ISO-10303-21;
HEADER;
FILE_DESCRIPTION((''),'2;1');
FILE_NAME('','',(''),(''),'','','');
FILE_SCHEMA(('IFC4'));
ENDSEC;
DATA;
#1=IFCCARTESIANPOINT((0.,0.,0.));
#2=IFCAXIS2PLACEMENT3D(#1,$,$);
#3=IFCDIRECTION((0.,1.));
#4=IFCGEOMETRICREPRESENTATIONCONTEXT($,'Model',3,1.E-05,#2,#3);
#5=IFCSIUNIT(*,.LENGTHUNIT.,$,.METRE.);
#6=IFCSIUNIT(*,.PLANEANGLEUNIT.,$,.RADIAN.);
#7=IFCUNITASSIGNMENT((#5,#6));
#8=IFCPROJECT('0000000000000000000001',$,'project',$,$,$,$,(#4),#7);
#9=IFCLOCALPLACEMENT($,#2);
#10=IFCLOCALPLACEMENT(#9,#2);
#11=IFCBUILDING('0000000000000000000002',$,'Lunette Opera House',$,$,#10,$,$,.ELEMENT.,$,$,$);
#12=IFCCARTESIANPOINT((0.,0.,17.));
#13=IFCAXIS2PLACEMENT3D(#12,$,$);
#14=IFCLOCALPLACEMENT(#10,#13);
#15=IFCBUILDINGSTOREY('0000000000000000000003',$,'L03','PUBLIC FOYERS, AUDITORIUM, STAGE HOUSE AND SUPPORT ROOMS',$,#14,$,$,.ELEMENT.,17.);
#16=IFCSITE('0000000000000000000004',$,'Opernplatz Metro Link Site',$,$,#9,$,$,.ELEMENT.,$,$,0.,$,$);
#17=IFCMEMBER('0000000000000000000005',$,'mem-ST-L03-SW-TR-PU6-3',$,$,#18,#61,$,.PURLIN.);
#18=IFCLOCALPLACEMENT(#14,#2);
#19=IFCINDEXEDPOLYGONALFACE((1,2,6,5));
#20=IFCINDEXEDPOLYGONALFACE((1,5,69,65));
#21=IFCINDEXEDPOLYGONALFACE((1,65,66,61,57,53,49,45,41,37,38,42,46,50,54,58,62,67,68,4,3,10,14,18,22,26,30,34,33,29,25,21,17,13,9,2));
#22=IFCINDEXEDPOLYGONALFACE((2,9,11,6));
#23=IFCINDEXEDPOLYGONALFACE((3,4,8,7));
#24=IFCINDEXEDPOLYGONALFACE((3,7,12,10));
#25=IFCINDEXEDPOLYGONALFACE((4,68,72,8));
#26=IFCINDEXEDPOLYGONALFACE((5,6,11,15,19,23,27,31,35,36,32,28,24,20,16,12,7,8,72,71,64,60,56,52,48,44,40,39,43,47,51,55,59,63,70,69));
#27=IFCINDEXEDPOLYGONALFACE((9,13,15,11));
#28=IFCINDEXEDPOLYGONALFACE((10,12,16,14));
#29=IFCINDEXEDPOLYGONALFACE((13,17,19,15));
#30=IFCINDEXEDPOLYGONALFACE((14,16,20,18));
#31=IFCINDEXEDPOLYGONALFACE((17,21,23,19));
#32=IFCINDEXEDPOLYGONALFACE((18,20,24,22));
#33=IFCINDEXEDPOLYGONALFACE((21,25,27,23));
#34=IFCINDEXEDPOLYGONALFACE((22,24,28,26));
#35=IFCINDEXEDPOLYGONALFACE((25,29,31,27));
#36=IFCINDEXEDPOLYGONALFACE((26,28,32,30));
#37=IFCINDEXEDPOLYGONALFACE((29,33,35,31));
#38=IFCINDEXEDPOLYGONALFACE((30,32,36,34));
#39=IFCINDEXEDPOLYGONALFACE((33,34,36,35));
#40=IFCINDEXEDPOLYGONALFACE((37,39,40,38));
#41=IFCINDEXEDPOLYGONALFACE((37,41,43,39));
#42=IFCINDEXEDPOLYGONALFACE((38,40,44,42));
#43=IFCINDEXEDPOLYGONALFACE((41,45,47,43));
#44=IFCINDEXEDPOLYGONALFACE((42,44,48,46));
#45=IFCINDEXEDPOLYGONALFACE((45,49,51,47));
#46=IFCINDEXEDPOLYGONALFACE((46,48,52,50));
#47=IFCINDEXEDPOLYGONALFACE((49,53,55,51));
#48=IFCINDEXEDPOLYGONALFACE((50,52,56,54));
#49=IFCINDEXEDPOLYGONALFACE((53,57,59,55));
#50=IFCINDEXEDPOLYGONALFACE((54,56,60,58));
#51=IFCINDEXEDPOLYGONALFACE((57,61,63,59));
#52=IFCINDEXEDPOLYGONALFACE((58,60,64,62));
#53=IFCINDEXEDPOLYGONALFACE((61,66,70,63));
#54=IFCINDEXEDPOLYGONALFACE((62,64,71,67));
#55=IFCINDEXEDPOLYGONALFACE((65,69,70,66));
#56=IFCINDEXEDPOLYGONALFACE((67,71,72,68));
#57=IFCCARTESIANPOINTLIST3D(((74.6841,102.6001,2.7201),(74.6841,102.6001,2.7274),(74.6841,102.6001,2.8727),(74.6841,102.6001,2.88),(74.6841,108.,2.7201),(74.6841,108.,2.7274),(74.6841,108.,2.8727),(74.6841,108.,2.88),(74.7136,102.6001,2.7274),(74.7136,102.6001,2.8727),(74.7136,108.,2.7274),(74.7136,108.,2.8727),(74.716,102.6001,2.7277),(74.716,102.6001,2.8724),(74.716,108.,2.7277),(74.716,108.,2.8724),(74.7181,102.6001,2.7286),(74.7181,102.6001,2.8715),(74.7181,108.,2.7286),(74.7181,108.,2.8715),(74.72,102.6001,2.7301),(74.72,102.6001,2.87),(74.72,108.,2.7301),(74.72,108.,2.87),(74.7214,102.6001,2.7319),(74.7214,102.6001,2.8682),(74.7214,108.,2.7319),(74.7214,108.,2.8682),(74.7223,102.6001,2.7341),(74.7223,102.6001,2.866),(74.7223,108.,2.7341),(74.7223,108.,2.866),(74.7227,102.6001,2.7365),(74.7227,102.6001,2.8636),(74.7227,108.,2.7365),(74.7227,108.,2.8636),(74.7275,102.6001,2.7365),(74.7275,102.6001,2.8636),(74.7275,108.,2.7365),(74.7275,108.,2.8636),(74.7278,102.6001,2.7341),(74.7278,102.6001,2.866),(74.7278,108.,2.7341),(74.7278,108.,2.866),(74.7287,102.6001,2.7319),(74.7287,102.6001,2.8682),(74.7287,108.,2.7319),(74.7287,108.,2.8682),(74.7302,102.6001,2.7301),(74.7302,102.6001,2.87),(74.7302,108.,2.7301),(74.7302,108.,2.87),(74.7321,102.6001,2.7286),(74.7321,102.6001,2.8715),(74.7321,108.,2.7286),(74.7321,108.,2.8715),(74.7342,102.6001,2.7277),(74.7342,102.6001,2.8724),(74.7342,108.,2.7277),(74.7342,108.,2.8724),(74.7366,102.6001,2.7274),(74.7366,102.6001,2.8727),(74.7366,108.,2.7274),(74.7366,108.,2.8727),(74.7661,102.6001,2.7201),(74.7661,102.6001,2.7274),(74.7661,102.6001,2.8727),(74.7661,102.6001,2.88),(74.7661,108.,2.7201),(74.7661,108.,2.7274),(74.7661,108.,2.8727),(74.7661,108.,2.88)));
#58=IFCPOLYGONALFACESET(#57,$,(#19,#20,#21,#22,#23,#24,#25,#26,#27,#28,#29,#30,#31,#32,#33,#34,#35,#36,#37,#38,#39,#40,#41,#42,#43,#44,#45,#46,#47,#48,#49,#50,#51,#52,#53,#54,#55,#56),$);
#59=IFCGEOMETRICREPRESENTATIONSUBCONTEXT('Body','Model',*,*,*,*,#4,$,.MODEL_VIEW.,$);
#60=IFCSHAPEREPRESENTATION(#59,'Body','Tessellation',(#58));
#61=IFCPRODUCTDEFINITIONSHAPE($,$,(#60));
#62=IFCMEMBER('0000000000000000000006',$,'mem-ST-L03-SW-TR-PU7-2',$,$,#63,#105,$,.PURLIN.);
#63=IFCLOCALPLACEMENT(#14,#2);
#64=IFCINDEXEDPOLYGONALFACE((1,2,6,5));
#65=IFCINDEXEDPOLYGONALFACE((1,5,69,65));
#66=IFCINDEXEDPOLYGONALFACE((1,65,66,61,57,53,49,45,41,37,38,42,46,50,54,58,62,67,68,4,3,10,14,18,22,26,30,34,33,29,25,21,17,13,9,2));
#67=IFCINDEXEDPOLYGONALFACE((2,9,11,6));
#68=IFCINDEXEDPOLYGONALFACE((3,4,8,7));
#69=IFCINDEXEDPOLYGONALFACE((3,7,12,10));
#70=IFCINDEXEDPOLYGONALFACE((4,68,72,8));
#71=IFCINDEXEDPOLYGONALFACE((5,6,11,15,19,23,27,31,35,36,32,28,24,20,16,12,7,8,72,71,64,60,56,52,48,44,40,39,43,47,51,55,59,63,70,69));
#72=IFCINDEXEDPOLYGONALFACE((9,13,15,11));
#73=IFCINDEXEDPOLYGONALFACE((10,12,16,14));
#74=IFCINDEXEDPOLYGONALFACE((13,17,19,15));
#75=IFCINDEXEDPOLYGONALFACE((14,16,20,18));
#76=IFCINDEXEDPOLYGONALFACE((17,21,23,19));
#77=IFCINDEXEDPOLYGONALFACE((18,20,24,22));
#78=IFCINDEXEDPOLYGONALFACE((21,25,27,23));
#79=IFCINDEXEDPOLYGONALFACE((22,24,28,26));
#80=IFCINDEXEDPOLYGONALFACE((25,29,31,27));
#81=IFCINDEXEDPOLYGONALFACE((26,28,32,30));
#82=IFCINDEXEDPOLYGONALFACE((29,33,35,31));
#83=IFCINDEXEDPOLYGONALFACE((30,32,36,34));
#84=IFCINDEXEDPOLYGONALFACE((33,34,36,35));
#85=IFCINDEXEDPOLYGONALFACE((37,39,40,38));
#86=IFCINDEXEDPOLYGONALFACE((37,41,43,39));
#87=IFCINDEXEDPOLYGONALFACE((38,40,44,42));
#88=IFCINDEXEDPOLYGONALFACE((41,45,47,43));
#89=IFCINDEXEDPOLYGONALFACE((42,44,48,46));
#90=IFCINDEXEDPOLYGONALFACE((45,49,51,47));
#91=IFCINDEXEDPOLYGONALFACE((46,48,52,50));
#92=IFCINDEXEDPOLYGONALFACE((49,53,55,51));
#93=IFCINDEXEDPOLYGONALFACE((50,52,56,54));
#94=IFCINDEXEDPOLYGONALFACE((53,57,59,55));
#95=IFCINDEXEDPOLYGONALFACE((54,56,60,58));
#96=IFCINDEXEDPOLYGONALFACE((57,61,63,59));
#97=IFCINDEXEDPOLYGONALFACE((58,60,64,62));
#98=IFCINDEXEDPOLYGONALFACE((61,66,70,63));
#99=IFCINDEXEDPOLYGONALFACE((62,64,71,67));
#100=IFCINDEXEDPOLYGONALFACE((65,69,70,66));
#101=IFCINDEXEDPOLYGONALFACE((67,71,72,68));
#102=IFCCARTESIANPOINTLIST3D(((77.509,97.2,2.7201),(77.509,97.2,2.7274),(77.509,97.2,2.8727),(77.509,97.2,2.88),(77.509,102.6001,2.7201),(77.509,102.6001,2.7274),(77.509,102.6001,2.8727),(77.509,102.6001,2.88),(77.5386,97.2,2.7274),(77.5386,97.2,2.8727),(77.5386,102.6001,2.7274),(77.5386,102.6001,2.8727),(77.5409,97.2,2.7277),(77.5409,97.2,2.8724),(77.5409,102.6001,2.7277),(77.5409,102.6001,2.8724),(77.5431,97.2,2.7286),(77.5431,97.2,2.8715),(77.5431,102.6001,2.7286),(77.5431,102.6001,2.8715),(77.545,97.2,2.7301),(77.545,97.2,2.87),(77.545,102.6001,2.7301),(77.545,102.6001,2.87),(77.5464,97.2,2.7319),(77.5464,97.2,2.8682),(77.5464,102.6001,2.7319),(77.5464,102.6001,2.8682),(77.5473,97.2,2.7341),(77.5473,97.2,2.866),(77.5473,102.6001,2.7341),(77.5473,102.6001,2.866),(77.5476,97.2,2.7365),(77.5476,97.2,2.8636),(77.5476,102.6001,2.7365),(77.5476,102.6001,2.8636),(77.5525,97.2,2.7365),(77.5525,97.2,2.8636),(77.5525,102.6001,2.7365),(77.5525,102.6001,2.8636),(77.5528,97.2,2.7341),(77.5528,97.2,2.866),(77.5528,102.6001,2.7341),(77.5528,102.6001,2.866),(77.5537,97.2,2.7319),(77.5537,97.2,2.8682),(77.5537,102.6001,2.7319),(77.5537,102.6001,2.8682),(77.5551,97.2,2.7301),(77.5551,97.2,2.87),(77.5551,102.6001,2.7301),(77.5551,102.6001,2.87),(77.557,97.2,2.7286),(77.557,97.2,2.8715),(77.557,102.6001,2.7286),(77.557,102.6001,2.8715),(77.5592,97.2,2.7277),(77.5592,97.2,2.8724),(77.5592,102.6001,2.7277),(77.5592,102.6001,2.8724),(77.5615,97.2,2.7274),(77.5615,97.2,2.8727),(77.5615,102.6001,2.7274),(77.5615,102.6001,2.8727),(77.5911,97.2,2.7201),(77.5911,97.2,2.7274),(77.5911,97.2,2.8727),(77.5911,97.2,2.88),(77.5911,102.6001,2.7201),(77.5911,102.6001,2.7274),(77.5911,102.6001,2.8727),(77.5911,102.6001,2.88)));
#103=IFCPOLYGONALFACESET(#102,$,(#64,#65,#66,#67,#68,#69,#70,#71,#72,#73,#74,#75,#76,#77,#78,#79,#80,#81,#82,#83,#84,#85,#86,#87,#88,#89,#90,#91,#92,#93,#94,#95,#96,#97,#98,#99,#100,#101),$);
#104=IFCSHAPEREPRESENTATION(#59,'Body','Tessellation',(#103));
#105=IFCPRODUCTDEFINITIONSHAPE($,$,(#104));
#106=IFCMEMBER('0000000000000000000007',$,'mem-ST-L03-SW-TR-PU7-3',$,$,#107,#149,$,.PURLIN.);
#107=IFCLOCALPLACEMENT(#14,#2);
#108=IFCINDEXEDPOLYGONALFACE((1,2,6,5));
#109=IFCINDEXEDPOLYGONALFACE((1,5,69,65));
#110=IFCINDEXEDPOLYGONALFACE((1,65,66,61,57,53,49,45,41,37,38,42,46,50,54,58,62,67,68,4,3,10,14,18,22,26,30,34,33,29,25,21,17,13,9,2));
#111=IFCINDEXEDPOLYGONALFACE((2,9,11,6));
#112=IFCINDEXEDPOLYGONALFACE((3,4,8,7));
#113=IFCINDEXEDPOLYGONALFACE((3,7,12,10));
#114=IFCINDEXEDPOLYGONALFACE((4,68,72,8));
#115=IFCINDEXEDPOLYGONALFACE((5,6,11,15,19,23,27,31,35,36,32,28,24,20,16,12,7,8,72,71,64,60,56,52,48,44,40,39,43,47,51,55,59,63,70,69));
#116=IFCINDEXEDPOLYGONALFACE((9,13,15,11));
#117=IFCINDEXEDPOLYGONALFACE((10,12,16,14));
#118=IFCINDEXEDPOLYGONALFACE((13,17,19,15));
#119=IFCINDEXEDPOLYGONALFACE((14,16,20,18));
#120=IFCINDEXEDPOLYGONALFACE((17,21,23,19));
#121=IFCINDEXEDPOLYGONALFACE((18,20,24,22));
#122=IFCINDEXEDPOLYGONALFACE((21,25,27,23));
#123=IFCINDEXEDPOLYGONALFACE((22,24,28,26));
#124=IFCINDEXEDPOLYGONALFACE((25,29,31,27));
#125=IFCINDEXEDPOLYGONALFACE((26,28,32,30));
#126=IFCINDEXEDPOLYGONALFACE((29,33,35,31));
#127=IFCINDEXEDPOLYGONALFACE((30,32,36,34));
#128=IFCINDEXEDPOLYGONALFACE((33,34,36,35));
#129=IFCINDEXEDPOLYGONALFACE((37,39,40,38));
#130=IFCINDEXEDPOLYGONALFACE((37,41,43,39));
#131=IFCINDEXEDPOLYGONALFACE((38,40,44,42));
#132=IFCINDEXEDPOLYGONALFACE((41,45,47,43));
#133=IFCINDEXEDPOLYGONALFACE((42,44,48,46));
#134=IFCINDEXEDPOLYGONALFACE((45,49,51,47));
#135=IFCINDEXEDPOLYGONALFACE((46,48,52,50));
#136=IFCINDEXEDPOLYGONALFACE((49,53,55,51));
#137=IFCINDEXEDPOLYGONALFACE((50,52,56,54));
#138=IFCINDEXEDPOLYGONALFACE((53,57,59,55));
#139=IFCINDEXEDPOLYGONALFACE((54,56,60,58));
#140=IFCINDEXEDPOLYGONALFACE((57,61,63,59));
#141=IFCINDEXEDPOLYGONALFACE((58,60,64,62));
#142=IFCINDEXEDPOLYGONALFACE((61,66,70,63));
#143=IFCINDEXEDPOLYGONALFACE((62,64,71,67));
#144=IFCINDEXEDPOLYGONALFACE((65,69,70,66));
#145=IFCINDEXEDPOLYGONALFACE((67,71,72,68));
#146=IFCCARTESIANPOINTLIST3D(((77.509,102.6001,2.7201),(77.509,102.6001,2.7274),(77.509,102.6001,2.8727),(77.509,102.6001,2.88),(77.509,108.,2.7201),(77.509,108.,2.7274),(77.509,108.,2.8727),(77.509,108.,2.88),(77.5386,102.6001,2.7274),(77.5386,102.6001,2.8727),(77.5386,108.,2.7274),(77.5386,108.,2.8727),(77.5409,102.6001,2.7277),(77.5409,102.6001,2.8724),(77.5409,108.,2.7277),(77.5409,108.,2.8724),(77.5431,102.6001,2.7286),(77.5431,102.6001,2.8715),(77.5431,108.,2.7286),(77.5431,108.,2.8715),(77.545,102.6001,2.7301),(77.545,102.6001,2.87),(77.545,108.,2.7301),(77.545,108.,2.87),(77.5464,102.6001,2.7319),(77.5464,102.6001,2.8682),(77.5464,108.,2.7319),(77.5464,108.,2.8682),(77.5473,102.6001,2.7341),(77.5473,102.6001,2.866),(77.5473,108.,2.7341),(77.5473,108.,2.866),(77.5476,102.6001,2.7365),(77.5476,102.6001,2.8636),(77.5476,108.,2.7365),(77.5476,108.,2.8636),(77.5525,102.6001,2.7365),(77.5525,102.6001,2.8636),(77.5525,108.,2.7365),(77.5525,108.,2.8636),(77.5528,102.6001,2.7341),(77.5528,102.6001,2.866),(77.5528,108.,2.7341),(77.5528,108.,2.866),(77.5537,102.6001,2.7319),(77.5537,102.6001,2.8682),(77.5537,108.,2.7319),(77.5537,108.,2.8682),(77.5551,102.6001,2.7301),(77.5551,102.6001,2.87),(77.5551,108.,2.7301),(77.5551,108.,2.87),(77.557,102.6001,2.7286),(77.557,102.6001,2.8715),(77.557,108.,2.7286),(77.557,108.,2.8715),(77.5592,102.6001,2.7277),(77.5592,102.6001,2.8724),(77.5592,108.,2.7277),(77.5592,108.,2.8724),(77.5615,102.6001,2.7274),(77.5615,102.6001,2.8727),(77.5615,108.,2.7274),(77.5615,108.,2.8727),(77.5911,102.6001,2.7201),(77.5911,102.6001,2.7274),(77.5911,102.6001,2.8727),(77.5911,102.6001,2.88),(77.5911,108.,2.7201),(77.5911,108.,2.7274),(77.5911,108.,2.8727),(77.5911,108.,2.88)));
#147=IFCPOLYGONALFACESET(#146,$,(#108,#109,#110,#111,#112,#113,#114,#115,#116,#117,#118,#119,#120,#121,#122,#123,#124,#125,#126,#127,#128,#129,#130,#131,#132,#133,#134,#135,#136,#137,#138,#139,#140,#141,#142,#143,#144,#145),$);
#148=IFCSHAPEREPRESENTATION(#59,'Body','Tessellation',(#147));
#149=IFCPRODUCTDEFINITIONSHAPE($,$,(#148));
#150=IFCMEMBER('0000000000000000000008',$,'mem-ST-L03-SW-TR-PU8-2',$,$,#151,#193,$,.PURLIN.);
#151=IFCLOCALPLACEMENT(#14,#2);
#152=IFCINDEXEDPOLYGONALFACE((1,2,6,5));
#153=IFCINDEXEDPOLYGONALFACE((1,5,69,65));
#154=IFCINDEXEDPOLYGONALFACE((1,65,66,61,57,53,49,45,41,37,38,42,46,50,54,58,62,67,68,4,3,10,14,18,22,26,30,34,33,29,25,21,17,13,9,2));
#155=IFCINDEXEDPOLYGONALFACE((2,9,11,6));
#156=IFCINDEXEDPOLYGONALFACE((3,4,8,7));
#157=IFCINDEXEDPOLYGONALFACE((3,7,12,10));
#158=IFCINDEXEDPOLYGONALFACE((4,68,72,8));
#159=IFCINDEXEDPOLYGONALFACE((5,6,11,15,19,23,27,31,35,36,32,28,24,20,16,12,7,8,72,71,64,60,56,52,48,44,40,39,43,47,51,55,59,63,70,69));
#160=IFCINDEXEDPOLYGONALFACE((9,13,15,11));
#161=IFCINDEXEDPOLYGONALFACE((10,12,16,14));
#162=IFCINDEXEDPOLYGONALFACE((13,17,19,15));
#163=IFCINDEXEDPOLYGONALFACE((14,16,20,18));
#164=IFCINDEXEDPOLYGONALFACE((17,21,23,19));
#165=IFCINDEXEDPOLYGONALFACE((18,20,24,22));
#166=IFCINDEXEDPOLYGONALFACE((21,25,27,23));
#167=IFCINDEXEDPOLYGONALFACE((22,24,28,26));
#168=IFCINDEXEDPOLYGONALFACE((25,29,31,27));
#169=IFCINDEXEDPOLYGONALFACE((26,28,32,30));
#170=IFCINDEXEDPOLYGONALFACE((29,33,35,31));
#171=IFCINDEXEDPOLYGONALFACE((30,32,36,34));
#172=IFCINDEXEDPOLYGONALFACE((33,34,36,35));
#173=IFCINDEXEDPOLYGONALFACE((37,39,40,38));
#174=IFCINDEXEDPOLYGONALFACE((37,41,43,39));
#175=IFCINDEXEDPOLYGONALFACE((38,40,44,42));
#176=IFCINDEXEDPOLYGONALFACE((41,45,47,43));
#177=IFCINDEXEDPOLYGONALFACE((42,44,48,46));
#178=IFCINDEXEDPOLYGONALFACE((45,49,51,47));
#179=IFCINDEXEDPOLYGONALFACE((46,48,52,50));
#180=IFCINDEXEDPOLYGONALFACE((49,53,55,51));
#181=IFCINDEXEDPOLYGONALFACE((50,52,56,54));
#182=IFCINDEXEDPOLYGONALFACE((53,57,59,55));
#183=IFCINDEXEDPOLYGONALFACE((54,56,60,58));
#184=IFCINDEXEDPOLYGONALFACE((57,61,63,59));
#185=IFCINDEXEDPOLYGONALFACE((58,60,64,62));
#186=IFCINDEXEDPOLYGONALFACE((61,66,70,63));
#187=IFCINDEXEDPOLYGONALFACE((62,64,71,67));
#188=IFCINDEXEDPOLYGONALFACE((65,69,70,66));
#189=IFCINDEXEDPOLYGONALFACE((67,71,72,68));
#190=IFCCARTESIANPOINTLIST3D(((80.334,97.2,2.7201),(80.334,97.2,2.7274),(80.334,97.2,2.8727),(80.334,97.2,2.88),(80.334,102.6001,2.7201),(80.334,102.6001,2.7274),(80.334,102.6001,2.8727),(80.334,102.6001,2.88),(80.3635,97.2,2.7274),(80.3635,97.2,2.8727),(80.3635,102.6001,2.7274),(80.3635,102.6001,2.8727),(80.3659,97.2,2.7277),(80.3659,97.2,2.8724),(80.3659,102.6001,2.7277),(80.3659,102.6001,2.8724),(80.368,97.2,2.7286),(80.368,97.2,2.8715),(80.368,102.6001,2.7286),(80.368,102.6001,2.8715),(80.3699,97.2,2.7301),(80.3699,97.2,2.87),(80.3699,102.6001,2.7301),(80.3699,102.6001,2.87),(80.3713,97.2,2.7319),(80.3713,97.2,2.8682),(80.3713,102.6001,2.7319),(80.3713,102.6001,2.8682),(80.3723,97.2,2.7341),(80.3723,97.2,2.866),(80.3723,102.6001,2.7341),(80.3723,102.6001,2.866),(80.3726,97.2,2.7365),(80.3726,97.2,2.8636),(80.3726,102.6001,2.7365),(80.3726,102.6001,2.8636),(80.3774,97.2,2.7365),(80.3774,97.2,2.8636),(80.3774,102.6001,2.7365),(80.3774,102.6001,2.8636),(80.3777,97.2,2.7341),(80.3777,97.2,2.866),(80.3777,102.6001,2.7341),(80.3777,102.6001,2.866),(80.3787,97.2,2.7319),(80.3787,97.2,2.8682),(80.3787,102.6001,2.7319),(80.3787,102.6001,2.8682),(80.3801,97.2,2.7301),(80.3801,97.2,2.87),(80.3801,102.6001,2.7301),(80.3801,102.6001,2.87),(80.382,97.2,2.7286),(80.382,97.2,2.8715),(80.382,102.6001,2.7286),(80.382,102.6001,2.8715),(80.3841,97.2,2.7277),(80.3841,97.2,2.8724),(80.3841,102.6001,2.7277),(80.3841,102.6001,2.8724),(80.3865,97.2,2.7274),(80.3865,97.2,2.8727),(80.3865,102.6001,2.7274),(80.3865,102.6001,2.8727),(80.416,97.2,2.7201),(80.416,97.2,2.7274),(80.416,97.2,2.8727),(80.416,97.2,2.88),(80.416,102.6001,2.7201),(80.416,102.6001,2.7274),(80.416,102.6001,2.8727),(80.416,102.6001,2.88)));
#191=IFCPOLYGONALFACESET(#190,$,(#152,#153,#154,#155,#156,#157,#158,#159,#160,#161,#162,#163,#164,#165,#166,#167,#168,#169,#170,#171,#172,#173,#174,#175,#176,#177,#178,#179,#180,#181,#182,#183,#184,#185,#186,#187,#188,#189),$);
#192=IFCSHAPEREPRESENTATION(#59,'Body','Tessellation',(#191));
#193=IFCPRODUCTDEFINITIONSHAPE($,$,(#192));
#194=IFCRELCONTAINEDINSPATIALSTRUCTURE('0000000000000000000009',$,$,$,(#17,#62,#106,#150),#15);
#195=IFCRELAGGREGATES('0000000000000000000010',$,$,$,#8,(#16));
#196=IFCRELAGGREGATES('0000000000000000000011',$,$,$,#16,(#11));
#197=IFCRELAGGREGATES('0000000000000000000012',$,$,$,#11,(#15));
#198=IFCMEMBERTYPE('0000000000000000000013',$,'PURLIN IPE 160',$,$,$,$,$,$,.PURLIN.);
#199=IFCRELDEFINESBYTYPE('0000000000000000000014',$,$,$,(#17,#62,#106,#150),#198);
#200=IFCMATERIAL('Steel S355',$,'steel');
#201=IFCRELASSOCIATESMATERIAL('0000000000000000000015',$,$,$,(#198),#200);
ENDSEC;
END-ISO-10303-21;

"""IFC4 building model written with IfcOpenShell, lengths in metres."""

from ifc_helpers import new_model, si_unit, direction, frame, origin, origin_2d, place, context, subcontext, project, spatial, i_section, extrude, material, material_profile, profile_set, type_object, element, save


model = new_model("IFC4")

# Units and contexts
model_context = context("Model", 3, precision=1e-05, world=origin(), true_north=direction((0.0, 1.0)))
body_context = subcontext(model_context, "Body", "Model", "MODEL_VIEW")
ifc_project = project(units=[si_unit("LENGTHUNIT", "METRE"), si_unit("PLANEANGLEUNIT", "RADIAN")], contexts=[model_context])

# Site, building, storey
site_placement = place(None, origin())
site = spatial("IfcSite", under=ifc_project, at=site_placement, Name="Opernplatz Metro Link Site", CompositionType="ELEMENT", RefElevation=0.0)
building_placement = place(site_placement, origin())
building = spatial("IfcBuilding", under=site, at=building_placement, Name="Lunette Opera House", CompositionType="ELEMENT")
storey_placement = place(building_placement, frame((0.0, 0.0, 17.0)))
storey = spatial("IfcBuildingStorey", under=building, at=storey_placement, Name="L03", Description="PUBLIC FOYERS, AUDITORIUM, STAGE HOUSE AND SUPPORT ROOMS", CompositionType="ELEMENT", Elevation=17.0)

# Members
ifc_material_1 = material(Name="Steel S355", Category="steel")
ifc_material_profile_1 = material_profile(ifc_material_1, i_section(OverallWidth=0.082, OverallDepth=0.1599, WebThickness=0.0049, FlangeThickness=0.0073, FilletRadius=0.009, at=origin_2d()), Name="IPE 160")
ifc_profile_set_1 = profile_set([ifc_material_profile_1], Name="Steel S355")
member_type_1 = type_object("IfcMemberType", Name="PURLIN IPE 160", PredefinedType="PURLIN", material=ifc_profile_set_1)
for number, where, z_axis, x_axis, name in (
    (1, (74.7251, 102.6001, 2.8), (0.0, 1.0, 0.0), (-1.0, 0.0, 0.0), "mem-ST-L03-SW-TR-PU6-3"),
):
    element("IfcMember", number, at=place(storey_placement, frame(where, z_axis=z_axis, x_axis=x_axis)), inside=storey, type_object=member_type_1, Name=name, PredefinedType="PURLIN", context=body_context, shape_type="SweptSolid", body=[
        extrude(i_section(OverallWidth=0.082, OverallDepth=0.1599, WebThickness=0.0049, FlangeThickness=0.0073, FilletRadius=0.009, at=origin_2d()), origin(), (0.0, 0.0, 1.0), 5.3999),
    ])
member_1_placement = place(storey_placement, frame((77.55, 97.2, 2.8), z_axis=(0.0, 1.0, 0.0), x_axis=(-1.0, 0.0, 0.0)))
element("IfcMember", 2, at=member_1_placement, inside=storey, type_object=member_type_1, Name="mem-ST-L03-SW-TR-PU7-2", PredefinedType="PURLIN", context=body_context, shape_type="SweptSolid", body=[
    extrude(i_section(OverallWidth=0.082, OverallDepth=0.1599, WebThickness=0.0049, FlangeThickness=0.0073, FilletRadius=0.009, at=origin_2d()), origin(), (0.0, 0.0, 1.0), 5.4001),
])
member_2_placement = place(storey_placement, frame((77.55, 102.6001, 2.8), z_axis=(0.0, 1.0, 0.0), x_axis=(-1.0, 0.0, 0.0)))
element("IfcMember", 3, at=member_2_placement, inside=storey, type_object=member_type_1, Name="mem-ST-L03-SW-TR-PU7-3", PredefinedType="PURLIN", context=body_context, shape_type="SweptSolid", body=[
    extrude(i_section(OverallWidth=0.082, OverallDepth=0.1599, WebThickness=0.0049, FlangeThickness=0.0073, FilletRadius=0.009, at=origin_2d()), origin(), (0.0, 0.0, 1.0), 5.3999),
])
member_3_placement = place(storey_placement, frame((80.375, 97.2, 2.8), z_axis=(0.0, 1.0, 0.0), x_axis=(-1.0, 0.0, 0.0)))
element("IfcMember", 4, at=member_3_placement, inside=storey, type_object=member_type_1, Name="mem-ST-L03-SW-TR-PU8-2", PredefinedType="PURLIN", context=body_context, shape_type="SweptSolid", body=[
    extrude(i_section(OverallWidth=0.082, OverallDepth=0.1599, WebThickness=0.0049, FlangeThickness=0.0073, FilletRadius=0.009, at=origin_2d()), origin(), (0.0, 0.0, 1.0), 5.4001),
])

save(model, "model.ifc")
